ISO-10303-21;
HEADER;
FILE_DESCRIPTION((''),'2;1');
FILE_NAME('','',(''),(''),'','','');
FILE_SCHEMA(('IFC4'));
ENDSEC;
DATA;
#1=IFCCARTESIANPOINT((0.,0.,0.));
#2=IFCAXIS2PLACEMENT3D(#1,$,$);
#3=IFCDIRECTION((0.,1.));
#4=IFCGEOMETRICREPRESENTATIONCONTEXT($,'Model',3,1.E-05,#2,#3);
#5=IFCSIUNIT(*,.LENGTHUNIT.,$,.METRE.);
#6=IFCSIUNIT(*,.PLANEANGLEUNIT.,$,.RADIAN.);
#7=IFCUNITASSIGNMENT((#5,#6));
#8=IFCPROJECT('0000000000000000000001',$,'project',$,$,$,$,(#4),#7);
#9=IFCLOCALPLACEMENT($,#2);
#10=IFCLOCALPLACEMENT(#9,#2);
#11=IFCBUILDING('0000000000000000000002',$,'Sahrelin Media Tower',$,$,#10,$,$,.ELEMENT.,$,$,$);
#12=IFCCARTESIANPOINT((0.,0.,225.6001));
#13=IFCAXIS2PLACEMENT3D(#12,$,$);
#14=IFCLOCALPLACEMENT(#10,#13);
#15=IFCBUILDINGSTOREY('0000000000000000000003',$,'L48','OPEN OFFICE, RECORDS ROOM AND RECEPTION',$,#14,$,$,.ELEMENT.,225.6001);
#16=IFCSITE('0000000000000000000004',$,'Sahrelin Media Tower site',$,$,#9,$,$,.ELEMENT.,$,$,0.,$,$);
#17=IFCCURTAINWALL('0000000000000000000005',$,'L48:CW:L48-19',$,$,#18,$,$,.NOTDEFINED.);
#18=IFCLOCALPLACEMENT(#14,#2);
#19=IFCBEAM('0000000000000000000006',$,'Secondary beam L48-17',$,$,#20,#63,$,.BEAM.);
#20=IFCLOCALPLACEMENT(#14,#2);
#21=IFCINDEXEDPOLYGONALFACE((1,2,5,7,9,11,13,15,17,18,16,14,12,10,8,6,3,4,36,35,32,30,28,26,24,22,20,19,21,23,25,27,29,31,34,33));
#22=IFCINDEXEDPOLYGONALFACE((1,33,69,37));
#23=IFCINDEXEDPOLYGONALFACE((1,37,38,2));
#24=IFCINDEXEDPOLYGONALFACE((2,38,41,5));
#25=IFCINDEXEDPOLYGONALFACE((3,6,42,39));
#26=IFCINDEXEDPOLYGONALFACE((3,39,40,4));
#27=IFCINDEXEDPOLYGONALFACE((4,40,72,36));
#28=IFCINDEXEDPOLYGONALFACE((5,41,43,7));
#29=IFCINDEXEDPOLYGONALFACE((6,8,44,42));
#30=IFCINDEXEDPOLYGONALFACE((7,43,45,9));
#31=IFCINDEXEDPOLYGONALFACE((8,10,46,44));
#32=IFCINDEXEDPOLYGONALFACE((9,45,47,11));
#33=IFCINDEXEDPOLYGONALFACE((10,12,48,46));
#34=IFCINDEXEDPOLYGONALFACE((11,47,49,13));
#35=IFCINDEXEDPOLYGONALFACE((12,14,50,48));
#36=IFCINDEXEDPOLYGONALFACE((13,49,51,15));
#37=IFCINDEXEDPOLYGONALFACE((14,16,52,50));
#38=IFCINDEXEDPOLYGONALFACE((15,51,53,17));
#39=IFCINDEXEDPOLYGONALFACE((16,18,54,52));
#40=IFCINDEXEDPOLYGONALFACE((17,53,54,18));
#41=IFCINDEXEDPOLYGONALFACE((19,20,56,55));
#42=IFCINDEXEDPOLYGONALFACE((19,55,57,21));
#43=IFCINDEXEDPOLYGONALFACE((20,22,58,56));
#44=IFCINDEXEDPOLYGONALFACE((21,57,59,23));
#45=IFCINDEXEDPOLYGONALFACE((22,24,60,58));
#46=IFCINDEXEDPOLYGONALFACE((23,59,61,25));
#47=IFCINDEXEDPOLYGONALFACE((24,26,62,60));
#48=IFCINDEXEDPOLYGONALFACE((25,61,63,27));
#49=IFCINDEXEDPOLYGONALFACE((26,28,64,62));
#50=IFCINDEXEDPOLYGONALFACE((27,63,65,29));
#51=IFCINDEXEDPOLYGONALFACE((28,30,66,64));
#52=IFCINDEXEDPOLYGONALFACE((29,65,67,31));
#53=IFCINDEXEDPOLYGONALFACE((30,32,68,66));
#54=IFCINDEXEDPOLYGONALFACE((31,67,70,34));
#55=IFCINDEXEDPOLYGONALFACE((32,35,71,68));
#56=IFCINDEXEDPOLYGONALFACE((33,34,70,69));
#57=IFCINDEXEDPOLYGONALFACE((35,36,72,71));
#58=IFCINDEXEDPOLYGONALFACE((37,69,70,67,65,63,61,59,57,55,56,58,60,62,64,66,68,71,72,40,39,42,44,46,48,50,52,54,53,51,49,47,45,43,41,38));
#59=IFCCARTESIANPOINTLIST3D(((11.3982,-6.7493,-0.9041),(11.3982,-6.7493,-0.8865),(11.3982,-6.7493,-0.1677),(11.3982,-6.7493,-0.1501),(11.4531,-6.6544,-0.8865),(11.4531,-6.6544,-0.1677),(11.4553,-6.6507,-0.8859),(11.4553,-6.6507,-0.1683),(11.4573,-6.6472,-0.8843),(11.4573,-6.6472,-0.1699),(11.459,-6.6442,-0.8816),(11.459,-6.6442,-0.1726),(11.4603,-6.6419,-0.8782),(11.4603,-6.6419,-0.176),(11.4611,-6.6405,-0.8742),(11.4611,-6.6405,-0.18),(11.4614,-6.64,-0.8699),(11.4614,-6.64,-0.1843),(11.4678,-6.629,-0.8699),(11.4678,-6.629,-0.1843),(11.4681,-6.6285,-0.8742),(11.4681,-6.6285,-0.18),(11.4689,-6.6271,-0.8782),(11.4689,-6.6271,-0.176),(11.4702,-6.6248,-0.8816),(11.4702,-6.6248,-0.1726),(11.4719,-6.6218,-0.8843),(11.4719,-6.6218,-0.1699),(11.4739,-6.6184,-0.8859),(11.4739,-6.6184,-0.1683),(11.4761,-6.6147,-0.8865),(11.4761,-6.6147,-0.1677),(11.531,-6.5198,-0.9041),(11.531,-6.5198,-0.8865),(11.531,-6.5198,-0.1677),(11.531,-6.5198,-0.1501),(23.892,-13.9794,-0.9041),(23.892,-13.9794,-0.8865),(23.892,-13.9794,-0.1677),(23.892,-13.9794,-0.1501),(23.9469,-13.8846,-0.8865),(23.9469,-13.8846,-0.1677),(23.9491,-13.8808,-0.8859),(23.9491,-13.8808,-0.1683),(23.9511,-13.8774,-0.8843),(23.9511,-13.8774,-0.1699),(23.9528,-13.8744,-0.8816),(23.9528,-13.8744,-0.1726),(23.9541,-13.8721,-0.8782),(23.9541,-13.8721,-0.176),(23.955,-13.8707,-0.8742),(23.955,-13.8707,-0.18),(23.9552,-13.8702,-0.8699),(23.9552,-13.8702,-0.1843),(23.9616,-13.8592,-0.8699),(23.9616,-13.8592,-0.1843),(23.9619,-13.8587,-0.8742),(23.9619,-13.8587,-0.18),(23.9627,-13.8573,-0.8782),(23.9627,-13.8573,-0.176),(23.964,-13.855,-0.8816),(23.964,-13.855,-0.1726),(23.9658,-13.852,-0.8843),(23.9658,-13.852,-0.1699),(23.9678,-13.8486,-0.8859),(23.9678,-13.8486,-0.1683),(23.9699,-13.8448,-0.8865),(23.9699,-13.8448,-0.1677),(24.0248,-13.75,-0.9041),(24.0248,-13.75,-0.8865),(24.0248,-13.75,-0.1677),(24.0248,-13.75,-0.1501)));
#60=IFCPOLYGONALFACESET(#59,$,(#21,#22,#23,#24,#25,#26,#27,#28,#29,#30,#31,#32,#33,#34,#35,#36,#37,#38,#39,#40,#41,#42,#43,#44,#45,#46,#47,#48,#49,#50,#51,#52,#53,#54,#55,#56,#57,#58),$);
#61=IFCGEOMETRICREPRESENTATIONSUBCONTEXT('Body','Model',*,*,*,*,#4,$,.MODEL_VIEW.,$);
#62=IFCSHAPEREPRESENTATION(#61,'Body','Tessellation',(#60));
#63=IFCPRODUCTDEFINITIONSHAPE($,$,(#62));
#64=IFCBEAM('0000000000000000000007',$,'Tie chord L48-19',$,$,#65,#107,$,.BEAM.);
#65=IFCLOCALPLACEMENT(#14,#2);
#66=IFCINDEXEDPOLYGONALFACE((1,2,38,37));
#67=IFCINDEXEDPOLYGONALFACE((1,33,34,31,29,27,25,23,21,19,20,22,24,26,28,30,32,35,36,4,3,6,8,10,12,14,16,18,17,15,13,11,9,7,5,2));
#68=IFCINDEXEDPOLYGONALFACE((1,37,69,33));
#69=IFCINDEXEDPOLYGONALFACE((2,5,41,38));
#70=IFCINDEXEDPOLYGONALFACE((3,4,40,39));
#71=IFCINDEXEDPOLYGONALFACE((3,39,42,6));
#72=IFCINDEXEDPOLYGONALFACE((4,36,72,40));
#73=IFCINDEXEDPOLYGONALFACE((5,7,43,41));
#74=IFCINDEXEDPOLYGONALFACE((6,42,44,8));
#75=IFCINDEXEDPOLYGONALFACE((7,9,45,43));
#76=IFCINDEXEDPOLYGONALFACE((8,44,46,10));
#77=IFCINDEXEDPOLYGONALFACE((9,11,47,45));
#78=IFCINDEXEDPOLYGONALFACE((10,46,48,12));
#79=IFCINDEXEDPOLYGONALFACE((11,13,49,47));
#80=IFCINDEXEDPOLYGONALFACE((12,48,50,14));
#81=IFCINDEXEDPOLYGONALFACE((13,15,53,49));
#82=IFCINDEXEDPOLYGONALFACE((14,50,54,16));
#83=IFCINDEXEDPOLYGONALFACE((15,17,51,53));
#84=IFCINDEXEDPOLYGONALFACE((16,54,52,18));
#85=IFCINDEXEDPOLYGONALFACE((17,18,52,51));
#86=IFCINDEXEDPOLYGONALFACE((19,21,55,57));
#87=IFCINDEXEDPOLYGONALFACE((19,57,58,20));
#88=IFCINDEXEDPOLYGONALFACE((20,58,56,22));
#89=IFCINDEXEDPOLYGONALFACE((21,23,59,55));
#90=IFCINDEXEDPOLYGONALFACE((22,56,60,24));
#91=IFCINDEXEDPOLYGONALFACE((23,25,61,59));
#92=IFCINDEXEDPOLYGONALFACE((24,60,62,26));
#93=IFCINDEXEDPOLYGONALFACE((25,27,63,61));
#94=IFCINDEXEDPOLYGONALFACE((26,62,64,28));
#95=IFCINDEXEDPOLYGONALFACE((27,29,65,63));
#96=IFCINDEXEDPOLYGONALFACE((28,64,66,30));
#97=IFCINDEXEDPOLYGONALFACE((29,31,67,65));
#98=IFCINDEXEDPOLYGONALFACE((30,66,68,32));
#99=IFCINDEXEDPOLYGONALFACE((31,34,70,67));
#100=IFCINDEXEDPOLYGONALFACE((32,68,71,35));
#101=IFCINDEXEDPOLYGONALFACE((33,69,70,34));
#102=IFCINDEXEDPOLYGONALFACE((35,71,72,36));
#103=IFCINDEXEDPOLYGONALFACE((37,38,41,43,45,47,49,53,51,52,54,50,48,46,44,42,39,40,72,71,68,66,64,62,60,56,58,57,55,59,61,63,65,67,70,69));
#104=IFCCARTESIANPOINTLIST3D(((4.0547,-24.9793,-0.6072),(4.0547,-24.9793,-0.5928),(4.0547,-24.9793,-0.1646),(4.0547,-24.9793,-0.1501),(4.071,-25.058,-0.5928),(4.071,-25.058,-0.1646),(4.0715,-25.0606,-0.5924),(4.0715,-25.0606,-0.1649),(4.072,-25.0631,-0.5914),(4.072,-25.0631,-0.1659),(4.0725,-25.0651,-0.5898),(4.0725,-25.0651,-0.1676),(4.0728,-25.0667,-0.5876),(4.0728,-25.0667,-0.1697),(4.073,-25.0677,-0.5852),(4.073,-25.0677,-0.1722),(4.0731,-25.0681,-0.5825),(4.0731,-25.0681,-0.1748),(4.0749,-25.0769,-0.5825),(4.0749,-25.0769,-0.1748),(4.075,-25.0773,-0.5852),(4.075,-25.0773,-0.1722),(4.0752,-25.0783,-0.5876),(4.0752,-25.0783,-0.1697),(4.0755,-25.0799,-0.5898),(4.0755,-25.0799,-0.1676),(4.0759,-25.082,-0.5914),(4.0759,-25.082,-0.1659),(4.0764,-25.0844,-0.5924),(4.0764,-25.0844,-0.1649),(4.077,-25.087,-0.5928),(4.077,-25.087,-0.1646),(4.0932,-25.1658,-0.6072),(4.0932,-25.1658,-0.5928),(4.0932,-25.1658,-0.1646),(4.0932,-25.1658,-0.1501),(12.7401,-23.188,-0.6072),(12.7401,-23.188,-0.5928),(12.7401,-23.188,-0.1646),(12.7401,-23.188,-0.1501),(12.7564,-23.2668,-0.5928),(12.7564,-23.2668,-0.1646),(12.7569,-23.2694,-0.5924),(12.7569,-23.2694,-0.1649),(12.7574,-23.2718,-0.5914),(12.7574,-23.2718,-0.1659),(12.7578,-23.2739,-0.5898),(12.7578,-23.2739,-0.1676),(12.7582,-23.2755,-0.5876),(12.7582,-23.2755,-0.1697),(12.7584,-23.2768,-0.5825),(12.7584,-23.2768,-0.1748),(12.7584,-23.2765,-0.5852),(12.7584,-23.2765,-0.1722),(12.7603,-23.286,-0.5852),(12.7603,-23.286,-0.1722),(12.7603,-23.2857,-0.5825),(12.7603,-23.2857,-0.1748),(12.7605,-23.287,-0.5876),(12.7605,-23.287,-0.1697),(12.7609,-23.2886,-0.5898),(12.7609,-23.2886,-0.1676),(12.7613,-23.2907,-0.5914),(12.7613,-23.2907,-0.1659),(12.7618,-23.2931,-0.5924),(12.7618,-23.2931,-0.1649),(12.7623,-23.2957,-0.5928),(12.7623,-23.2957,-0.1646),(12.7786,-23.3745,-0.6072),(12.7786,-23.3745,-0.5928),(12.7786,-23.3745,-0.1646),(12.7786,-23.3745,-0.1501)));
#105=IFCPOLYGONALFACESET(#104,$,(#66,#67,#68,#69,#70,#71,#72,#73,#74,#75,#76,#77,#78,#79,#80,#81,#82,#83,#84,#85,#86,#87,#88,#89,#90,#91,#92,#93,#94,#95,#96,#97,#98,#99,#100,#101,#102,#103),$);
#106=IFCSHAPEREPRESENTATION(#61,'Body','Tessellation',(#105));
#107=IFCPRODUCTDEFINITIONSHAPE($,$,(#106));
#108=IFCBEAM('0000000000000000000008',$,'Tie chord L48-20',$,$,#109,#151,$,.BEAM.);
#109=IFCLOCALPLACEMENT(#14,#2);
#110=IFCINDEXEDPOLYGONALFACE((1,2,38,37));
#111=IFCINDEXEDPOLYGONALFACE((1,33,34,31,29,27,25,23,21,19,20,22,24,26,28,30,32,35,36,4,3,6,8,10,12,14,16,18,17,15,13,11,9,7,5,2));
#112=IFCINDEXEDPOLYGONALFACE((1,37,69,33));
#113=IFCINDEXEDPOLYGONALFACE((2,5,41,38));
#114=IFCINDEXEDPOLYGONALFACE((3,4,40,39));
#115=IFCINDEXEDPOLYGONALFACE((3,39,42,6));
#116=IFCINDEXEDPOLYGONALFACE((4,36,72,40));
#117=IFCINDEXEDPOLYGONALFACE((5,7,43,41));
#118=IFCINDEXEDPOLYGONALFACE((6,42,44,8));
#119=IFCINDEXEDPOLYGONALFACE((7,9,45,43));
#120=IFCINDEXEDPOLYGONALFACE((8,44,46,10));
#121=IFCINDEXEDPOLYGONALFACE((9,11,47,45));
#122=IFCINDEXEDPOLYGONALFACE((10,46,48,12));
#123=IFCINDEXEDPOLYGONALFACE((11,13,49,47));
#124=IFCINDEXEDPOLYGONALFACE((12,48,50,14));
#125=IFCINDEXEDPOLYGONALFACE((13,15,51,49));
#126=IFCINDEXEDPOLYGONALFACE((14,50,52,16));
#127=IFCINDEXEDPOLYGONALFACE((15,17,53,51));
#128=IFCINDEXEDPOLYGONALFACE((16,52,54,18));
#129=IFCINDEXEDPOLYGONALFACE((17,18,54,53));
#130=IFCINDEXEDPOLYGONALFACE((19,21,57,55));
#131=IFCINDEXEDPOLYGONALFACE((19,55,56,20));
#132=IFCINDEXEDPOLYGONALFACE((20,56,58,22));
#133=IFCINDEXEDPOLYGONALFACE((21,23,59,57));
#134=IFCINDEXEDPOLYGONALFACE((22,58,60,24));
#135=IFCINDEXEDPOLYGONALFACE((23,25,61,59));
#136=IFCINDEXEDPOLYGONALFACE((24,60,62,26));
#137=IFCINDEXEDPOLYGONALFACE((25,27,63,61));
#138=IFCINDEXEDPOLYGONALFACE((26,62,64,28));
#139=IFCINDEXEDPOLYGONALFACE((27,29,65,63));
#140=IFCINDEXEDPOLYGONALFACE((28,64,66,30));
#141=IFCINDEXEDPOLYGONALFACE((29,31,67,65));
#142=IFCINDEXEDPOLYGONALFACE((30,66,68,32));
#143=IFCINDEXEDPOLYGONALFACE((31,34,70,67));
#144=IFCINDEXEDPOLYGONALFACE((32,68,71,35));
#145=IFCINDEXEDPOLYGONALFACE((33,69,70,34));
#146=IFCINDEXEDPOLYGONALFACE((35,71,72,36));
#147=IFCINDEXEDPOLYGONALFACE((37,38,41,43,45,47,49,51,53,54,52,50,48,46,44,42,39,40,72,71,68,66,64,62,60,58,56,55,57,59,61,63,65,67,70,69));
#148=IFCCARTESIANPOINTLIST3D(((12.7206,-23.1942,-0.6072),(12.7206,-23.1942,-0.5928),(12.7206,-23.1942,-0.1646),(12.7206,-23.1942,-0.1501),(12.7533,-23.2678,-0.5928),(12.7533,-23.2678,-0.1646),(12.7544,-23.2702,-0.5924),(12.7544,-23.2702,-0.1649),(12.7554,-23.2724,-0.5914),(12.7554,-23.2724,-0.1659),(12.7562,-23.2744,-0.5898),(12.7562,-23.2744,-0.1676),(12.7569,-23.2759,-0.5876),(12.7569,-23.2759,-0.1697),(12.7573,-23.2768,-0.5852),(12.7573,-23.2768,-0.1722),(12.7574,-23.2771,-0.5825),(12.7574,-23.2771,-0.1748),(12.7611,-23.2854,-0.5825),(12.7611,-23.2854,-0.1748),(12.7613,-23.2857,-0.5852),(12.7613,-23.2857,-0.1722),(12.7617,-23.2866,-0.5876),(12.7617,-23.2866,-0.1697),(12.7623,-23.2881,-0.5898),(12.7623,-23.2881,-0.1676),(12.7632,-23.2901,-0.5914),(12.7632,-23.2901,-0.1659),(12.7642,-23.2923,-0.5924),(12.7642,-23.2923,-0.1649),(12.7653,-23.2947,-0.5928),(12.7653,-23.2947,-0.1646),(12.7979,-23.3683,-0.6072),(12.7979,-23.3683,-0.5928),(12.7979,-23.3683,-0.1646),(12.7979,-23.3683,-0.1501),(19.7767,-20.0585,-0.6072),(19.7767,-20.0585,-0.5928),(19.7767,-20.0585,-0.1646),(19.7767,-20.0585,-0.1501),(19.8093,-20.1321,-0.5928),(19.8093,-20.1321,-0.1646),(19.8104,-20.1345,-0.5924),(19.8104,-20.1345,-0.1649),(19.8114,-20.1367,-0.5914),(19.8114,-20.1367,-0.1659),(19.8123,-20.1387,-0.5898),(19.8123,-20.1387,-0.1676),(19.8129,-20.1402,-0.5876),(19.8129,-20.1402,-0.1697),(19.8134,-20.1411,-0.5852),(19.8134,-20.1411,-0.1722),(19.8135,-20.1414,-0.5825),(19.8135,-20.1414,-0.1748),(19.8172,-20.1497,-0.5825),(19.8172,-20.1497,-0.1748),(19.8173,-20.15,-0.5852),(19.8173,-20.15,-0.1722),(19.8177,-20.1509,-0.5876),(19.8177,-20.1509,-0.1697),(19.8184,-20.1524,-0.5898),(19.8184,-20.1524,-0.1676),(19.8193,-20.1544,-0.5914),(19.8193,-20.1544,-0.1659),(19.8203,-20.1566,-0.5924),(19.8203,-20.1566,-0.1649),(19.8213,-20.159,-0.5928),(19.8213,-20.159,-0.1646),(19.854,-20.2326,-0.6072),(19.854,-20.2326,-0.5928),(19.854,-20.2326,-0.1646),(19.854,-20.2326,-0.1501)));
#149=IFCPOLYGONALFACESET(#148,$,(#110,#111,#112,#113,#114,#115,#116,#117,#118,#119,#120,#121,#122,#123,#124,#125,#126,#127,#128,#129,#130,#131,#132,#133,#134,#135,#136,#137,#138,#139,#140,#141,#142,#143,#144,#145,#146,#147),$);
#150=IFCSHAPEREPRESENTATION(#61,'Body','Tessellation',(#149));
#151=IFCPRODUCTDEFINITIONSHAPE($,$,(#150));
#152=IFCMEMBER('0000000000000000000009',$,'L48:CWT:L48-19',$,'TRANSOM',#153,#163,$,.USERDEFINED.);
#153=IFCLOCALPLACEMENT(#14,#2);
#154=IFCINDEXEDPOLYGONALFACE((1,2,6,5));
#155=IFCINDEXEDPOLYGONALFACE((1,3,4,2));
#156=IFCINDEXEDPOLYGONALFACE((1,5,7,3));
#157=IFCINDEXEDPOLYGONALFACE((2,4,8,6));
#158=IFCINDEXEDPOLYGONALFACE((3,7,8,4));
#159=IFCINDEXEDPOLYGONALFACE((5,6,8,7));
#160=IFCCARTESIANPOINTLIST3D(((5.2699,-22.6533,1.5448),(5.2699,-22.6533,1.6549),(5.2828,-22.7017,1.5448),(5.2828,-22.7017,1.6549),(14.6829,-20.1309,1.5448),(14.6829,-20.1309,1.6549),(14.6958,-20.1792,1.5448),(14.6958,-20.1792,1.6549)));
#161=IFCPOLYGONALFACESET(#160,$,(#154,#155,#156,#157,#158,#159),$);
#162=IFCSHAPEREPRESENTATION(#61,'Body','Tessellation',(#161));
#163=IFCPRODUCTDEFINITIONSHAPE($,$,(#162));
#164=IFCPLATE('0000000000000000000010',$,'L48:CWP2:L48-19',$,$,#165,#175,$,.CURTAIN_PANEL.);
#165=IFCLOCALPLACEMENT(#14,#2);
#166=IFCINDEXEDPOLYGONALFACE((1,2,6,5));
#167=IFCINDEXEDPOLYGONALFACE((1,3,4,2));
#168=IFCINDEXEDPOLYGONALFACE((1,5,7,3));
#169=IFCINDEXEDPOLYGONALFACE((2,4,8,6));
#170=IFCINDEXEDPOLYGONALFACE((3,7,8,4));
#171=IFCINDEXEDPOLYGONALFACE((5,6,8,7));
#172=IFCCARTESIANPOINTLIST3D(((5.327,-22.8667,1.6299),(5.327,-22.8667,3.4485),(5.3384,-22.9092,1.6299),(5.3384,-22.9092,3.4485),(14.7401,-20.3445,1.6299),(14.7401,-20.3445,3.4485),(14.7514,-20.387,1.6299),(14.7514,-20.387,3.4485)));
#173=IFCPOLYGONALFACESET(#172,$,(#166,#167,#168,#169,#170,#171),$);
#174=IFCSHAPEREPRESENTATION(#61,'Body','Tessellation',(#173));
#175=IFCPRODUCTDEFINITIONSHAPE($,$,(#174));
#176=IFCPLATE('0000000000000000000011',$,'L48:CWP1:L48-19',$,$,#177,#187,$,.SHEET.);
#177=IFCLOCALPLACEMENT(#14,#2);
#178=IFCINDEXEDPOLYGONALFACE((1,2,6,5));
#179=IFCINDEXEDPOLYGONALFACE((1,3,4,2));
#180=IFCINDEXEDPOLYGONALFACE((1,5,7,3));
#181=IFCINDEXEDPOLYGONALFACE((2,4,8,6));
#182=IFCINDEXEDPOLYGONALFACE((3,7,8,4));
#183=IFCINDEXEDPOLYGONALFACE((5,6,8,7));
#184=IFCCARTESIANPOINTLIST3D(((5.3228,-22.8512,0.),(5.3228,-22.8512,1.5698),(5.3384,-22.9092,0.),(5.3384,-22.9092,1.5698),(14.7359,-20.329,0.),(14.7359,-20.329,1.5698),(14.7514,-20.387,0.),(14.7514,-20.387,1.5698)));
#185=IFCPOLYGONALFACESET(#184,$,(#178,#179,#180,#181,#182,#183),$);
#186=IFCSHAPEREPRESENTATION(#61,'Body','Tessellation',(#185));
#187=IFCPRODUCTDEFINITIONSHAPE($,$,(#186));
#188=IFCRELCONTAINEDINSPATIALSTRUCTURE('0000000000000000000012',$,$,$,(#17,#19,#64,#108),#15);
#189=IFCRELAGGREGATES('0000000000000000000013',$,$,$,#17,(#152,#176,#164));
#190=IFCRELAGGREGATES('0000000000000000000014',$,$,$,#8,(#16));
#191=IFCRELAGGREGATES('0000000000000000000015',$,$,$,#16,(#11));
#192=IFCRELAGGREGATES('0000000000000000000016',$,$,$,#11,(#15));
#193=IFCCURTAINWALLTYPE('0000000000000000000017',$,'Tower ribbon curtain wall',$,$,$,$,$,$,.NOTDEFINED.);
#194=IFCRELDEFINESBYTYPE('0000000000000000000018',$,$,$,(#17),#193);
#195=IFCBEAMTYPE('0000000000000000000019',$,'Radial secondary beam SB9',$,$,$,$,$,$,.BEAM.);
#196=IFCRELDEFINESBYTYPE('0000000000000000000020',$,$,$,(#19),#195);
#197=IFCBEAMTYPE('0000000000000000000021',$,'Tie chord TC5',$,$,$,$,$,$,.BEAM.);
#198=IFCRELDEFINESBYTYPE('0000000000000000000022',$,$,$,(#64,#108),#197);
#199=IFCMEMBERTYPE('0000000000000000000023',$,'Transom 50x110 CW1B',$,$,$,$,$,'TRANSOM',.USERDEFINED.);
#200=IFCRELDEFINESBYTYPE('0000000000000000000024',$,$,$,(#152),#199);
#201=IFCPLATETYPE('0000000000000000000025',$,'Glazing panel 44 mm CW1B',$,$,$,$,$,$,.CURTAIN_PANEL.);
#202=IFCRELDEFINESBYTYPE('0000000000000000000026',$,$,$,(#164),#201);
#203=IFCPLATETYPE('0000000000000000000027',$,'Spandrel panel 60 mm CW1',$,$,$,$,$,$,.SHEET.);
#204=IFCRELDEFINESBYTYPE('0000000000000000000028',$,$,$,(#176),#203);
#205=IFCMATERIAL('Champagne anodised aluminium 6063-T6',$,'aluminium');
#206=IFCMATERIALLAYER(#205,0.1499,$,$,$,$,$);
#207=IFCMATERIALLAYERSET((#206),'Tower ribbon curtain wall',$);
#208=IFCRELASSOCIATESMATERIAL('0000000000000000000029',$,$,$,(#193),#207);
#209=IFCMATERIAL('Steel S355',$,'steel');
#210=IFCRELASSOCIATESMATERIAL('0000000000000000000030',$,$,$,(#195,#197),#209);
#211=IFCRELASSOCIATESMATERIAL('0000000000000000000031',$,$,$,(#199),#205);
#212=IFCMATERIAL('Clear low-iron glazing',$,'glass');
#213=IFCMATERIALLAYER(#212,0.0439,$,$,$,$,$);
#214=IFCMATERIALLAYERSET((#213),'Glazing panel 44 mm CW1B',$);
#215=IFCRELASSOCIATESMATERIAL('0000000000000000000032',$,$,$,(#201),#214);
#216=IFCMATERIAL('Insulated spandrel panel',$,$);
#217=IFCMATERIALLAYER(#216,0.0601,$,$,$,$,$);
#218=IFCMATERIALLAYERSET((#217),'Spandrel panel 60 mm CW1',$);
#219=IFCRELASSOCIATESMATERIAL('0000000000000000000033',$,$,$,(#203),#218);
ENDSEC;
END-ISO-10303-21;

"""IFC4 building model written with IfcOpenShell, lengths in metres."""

from ifc_helpers import new_model, si_unit, direction, frame, origin, origin_2d, place, context, subcontext, project, spatial, polyline, rectangle, i_section, outline, extrude, material, layer, layer_set, material_profile, profile_set, type_object, element, aggregate, save


model = new_model("IFC4")

# Units and contexts
model_context = context("Model", 3, precision=1e-05, world=origin(), true_north=direction((0.0, 1.0)))
body_context = subcontext(model_context, "Body", "Model", "MODEL_VIEW")
ifc_project = project(units=[si_unit("LENGTHUNIT", "METRE"), si_unit("PLANEANGLEUNIT", "RADIAN")], contexts=[model_context])

# Site, building, storey
site_placement = place(None, origin())
site = spatial("IfcSite", under=ifc_project, at=site_placement, Name="Sahrelin Media Tower site", CompositionType="ELEMENT", RefElevation=0.0)
building_placement = place(site_placement, origin())
building = spatial("IfcBuilding", under=site, at=building_placement, Name="Sahrelin Media Tower", CompositionType="ELEMENT")
storey_placement = place(building_placement, frame((0.0, 0.0, 225.6001)))
storey = spatial("IfcBuildingStorey", under=building, at=storey_placement, Name="L48", Description="OPEN OFFICE, RECORDS ROOM AND RECEPTION", CompositionType="ELEMENT", Elevation=225.6001)

# Shared definitions
ifc_material_1 = material(Name="Steel S355", Category="steel")

# Curtain wall
ifc_material_2 = material(Name="Champagne anodised aluminium 6063-T6", Category="aluminium")
ifc_layer_1 = layer(ifc_material_2, 0.1499)
ifc_layer_set_1 = layer_set([ifc_layer_1], Name="Tower ribbon curtain wall")
curtain_wall_type = type_object("IfcCurtainWallType", Name="Tower ribbon curtain wall", PredefinedType="NOTDEFINED", material=ifc_layer_set_1)
curtain_wall_placement = place(storey_placement, frame((10.0398, -21.6287, 0.0), z_axis=(0.0, 0.0, 1.0), x_axis=(1.0, 0.0, 0.0)))
curtain_wall = element("IfcCurtainWall", 1, at=curtain_wall_placement, inside=storey, type_object=curtain_wall_type, Name="L48:CW:L48-19", PredefinedType="NOTDEFINED")

# Beams
ifc_material_profile_1 = material_profile(ifc_material_1, i_section(OverallWidth=0.2651, OverallDepth=0.7539, WebThickness=0.0127, FlangeThickness=0.0176, FilletRadius=0.0166, at=origin_2d()), Name="UB 762x267x147")
ifc_profile_set_1 = profile_set([ifc_material_profile_1], Name="Steel S355")
beam_type_1 = type_object("IfcBeamType", Name="Radial secondary beam SB9", PredefinedType="BEAM", material=ifc_profile_set_1)
beam_1_placement = place(storey_placement, frame((11.4646, -6.6345, -0.5271), z_axis=(0.865519, -0.500876, 0.0), x_axis=(0.500876, 0.865519, 0.0)))
element("IfcBeam", 2, at=beam_1_placement, inside=storey, type_object=beam_type_1, Name="Secondary beam L48-17", PredefinedType="BEAM", context=body_context, shape_type="SweptSolid", body=[
    extrude(i_section(OverallWidth=0.2651, OverallDepth=0.7539, WebThickness=0.0127, FlangeThickness=0.0176, FilletRadius=0.0166, at=origin_2d()), origin(), (0.0, 0.0, 1.0), 14.4351),
])
ifc_material_profile_2 = material_profile(ifc_material_1, i_section(OverallWidth=0.1904, OverallDepth=0.457, WebThickness=0.009, FlangeThickness=0.0144, FilletRadius=0.0103, at=origin_2d()), Name="UB 457x191x74")
ifc_profile_set_2 = profile_set([ifc_material_profile_2], Name="Steel S355")
beam_type_2 = type_object("IfcBeamType", Name="Tie chord TC5", PredefinedType="BEAM", material=ifc_profile_set_2)
beam_2_placement = place(storey_placement, frame((4.074, -25.0725, -0.3787), z_axis=(0.979388, 0.201989, 0.0), x_axis=(-0.201989, 0.979388, 0.0)))
element("IfcBeam", 3, at=beam_2_placement, inside=storey, type_object=beam_type_2, Name="Tie chord L48-19", PredefinedType="BEAM", context=body_context, shape_type="SweptSolid", body=[
    extrude(i_section(OverallWidth=0.1904, OverallDepth=0.457, WebThickness=0.009, FlangeThickness=0.0144, FilletRadius=0.0103, at=origin_2d()), origin(), (0.0, 0.0, 1.0), 8.8682),
])
beam_3_placement = place(storey_placement, frame((12.7593, -23.2812, -0.3787), z_axis=(0.913827, 0.406103, 0.0), x_axis=(-0.406103, 0.913827, 0.0)))
element("IfcBeam", 4, at=beam_3_placement, inside=storey, type_object=beam_type_2, Name="Tie chord L48-20", PredefinedType="BEAM", context=body_context, shape_type="SweptSolid", body=[
    extrude(i_section(OverallWidth=0.1904, OverallDepth=0.457, WebThickness=0.009, FlangeThickness=0.0144, FilletRadius=0.0103, at=origin_2d()), origin(), (0.0, 0.0, 1.0), 7.7214),
])

# Member
ifc_material_profile_3 = material_profile(ifc_material_2, rectangle(XDim=0.05, YDim=0.1101, at=origin_2d()), Name="Transom 50x110")
ifc_profile_set_3 = profile_set([ifc_material_profile_3], Name="Champagne anodised aluminium 6063-T6")
member_type_1 = type_object("IfcMemberType", Name="Transom 50x110 CW1B", ElementType="TRANSOM", PredefinedType="USERDEFINED", material=ifc_profile_set_3)
member_1_placement = place(storey_placement, frame((5.2764, -22.6775, 1.5999), z_axis=(0.96592, 0.258841, 0.0), x_axis=(-0.258841, 0.96592, 0.0)))
member_1 = element("IfcMember", 5, at=member_1_placement, type_object=member_type_1, Name="L48:CWT:L48-19", ObjectType="TRANSOM", PredefinedType="USERDEFINED", context=body_context, shape_type="SweptSolid", body=[
    extrude(rectangle(XDim=0.05, YDim=0.1101, at=origin_2d()), origin(), (0.0, 0.0, 1.0), 9.7451),
])

# Plates
ifc_material_3 = material(Name="Clear low-iron glazing", Category="glass")
ifc_layer_2 = layer(ifc_material_3, 0.0439)
ifc_layer_set_2 = layer_set([ifc_layer_2], Name="Glazing panel 44 mm CW1B")
plate_type_1 = type_object("IfcPlateType", Name="Glazing panel 44 mm CW1B", PredefinedType="CURTAIN_PANEL", material=ifc_layer_set_2)
plate_1_placement = place(storey_placement, frame((5.3384, -22.9092, 1.6299), z_axis=(0.258818, -0.965926, 0.0), x_axis=(0.965926, 0.258818, 0.0)))
plate_1 = element("IfcPlate", 6, at=plate_1_placement, type_object=plate_type_1, Name="L48:CWP2:L48-19", PredefinedType="CURTAIN_PANEL", context=body_context, shape_type="SweptSolid", body=[
    extrude(outline(polyline([(0.0, 0.0), (9.7451, 0.0), (9.7451, 1.8186), (0.0, 1.8186), (0.0, 0.0)])), origin(), (0.0, 0.0, -1.0), 0.0439),
])
ifc_material_4 = material(Name="Insulated spandrel panel")
ifc_layer_3 = layer(ifc_material_4, 0.0601)
ifc_layer_set_3 = layer_set([ifc_layer_3], Name="Spandrel panel 60 mm CW1")
plate_type_2 = type_object("IfcPlateType", Name="Spandrel panel 60 mm CW1", PredefinedType="SHEET", material=ifc_layer_set_3)
plate_2_placement = place(storey_placement, frame((5.3384, -22.9092, 0.0), z_axis=(0.258818, -0.965926, 0.0), x_axis=(0.965926, 0.258818, 0.0)))
plate_2 = element("IfcPlate", 7, at=plate_2_placement, type_object=plate_type_2, Name="L48:CWP1:L48-19", PredefinedType="SHEET", context=body_context, shape_type="SweptSolid", body=[
    extrude(outline(polyline([(0.0, 0.0), (9.7451, 0.0), (9.7451, 1.5698), (0.0, 1.5698), (0.0, 0.0)])), origin(), (0.0, 0.0, -1.0), 0.0601),
])
aggregate(curtain_wall, [member_1, plate_2, plate_1])

save(model, "model.ifc")
